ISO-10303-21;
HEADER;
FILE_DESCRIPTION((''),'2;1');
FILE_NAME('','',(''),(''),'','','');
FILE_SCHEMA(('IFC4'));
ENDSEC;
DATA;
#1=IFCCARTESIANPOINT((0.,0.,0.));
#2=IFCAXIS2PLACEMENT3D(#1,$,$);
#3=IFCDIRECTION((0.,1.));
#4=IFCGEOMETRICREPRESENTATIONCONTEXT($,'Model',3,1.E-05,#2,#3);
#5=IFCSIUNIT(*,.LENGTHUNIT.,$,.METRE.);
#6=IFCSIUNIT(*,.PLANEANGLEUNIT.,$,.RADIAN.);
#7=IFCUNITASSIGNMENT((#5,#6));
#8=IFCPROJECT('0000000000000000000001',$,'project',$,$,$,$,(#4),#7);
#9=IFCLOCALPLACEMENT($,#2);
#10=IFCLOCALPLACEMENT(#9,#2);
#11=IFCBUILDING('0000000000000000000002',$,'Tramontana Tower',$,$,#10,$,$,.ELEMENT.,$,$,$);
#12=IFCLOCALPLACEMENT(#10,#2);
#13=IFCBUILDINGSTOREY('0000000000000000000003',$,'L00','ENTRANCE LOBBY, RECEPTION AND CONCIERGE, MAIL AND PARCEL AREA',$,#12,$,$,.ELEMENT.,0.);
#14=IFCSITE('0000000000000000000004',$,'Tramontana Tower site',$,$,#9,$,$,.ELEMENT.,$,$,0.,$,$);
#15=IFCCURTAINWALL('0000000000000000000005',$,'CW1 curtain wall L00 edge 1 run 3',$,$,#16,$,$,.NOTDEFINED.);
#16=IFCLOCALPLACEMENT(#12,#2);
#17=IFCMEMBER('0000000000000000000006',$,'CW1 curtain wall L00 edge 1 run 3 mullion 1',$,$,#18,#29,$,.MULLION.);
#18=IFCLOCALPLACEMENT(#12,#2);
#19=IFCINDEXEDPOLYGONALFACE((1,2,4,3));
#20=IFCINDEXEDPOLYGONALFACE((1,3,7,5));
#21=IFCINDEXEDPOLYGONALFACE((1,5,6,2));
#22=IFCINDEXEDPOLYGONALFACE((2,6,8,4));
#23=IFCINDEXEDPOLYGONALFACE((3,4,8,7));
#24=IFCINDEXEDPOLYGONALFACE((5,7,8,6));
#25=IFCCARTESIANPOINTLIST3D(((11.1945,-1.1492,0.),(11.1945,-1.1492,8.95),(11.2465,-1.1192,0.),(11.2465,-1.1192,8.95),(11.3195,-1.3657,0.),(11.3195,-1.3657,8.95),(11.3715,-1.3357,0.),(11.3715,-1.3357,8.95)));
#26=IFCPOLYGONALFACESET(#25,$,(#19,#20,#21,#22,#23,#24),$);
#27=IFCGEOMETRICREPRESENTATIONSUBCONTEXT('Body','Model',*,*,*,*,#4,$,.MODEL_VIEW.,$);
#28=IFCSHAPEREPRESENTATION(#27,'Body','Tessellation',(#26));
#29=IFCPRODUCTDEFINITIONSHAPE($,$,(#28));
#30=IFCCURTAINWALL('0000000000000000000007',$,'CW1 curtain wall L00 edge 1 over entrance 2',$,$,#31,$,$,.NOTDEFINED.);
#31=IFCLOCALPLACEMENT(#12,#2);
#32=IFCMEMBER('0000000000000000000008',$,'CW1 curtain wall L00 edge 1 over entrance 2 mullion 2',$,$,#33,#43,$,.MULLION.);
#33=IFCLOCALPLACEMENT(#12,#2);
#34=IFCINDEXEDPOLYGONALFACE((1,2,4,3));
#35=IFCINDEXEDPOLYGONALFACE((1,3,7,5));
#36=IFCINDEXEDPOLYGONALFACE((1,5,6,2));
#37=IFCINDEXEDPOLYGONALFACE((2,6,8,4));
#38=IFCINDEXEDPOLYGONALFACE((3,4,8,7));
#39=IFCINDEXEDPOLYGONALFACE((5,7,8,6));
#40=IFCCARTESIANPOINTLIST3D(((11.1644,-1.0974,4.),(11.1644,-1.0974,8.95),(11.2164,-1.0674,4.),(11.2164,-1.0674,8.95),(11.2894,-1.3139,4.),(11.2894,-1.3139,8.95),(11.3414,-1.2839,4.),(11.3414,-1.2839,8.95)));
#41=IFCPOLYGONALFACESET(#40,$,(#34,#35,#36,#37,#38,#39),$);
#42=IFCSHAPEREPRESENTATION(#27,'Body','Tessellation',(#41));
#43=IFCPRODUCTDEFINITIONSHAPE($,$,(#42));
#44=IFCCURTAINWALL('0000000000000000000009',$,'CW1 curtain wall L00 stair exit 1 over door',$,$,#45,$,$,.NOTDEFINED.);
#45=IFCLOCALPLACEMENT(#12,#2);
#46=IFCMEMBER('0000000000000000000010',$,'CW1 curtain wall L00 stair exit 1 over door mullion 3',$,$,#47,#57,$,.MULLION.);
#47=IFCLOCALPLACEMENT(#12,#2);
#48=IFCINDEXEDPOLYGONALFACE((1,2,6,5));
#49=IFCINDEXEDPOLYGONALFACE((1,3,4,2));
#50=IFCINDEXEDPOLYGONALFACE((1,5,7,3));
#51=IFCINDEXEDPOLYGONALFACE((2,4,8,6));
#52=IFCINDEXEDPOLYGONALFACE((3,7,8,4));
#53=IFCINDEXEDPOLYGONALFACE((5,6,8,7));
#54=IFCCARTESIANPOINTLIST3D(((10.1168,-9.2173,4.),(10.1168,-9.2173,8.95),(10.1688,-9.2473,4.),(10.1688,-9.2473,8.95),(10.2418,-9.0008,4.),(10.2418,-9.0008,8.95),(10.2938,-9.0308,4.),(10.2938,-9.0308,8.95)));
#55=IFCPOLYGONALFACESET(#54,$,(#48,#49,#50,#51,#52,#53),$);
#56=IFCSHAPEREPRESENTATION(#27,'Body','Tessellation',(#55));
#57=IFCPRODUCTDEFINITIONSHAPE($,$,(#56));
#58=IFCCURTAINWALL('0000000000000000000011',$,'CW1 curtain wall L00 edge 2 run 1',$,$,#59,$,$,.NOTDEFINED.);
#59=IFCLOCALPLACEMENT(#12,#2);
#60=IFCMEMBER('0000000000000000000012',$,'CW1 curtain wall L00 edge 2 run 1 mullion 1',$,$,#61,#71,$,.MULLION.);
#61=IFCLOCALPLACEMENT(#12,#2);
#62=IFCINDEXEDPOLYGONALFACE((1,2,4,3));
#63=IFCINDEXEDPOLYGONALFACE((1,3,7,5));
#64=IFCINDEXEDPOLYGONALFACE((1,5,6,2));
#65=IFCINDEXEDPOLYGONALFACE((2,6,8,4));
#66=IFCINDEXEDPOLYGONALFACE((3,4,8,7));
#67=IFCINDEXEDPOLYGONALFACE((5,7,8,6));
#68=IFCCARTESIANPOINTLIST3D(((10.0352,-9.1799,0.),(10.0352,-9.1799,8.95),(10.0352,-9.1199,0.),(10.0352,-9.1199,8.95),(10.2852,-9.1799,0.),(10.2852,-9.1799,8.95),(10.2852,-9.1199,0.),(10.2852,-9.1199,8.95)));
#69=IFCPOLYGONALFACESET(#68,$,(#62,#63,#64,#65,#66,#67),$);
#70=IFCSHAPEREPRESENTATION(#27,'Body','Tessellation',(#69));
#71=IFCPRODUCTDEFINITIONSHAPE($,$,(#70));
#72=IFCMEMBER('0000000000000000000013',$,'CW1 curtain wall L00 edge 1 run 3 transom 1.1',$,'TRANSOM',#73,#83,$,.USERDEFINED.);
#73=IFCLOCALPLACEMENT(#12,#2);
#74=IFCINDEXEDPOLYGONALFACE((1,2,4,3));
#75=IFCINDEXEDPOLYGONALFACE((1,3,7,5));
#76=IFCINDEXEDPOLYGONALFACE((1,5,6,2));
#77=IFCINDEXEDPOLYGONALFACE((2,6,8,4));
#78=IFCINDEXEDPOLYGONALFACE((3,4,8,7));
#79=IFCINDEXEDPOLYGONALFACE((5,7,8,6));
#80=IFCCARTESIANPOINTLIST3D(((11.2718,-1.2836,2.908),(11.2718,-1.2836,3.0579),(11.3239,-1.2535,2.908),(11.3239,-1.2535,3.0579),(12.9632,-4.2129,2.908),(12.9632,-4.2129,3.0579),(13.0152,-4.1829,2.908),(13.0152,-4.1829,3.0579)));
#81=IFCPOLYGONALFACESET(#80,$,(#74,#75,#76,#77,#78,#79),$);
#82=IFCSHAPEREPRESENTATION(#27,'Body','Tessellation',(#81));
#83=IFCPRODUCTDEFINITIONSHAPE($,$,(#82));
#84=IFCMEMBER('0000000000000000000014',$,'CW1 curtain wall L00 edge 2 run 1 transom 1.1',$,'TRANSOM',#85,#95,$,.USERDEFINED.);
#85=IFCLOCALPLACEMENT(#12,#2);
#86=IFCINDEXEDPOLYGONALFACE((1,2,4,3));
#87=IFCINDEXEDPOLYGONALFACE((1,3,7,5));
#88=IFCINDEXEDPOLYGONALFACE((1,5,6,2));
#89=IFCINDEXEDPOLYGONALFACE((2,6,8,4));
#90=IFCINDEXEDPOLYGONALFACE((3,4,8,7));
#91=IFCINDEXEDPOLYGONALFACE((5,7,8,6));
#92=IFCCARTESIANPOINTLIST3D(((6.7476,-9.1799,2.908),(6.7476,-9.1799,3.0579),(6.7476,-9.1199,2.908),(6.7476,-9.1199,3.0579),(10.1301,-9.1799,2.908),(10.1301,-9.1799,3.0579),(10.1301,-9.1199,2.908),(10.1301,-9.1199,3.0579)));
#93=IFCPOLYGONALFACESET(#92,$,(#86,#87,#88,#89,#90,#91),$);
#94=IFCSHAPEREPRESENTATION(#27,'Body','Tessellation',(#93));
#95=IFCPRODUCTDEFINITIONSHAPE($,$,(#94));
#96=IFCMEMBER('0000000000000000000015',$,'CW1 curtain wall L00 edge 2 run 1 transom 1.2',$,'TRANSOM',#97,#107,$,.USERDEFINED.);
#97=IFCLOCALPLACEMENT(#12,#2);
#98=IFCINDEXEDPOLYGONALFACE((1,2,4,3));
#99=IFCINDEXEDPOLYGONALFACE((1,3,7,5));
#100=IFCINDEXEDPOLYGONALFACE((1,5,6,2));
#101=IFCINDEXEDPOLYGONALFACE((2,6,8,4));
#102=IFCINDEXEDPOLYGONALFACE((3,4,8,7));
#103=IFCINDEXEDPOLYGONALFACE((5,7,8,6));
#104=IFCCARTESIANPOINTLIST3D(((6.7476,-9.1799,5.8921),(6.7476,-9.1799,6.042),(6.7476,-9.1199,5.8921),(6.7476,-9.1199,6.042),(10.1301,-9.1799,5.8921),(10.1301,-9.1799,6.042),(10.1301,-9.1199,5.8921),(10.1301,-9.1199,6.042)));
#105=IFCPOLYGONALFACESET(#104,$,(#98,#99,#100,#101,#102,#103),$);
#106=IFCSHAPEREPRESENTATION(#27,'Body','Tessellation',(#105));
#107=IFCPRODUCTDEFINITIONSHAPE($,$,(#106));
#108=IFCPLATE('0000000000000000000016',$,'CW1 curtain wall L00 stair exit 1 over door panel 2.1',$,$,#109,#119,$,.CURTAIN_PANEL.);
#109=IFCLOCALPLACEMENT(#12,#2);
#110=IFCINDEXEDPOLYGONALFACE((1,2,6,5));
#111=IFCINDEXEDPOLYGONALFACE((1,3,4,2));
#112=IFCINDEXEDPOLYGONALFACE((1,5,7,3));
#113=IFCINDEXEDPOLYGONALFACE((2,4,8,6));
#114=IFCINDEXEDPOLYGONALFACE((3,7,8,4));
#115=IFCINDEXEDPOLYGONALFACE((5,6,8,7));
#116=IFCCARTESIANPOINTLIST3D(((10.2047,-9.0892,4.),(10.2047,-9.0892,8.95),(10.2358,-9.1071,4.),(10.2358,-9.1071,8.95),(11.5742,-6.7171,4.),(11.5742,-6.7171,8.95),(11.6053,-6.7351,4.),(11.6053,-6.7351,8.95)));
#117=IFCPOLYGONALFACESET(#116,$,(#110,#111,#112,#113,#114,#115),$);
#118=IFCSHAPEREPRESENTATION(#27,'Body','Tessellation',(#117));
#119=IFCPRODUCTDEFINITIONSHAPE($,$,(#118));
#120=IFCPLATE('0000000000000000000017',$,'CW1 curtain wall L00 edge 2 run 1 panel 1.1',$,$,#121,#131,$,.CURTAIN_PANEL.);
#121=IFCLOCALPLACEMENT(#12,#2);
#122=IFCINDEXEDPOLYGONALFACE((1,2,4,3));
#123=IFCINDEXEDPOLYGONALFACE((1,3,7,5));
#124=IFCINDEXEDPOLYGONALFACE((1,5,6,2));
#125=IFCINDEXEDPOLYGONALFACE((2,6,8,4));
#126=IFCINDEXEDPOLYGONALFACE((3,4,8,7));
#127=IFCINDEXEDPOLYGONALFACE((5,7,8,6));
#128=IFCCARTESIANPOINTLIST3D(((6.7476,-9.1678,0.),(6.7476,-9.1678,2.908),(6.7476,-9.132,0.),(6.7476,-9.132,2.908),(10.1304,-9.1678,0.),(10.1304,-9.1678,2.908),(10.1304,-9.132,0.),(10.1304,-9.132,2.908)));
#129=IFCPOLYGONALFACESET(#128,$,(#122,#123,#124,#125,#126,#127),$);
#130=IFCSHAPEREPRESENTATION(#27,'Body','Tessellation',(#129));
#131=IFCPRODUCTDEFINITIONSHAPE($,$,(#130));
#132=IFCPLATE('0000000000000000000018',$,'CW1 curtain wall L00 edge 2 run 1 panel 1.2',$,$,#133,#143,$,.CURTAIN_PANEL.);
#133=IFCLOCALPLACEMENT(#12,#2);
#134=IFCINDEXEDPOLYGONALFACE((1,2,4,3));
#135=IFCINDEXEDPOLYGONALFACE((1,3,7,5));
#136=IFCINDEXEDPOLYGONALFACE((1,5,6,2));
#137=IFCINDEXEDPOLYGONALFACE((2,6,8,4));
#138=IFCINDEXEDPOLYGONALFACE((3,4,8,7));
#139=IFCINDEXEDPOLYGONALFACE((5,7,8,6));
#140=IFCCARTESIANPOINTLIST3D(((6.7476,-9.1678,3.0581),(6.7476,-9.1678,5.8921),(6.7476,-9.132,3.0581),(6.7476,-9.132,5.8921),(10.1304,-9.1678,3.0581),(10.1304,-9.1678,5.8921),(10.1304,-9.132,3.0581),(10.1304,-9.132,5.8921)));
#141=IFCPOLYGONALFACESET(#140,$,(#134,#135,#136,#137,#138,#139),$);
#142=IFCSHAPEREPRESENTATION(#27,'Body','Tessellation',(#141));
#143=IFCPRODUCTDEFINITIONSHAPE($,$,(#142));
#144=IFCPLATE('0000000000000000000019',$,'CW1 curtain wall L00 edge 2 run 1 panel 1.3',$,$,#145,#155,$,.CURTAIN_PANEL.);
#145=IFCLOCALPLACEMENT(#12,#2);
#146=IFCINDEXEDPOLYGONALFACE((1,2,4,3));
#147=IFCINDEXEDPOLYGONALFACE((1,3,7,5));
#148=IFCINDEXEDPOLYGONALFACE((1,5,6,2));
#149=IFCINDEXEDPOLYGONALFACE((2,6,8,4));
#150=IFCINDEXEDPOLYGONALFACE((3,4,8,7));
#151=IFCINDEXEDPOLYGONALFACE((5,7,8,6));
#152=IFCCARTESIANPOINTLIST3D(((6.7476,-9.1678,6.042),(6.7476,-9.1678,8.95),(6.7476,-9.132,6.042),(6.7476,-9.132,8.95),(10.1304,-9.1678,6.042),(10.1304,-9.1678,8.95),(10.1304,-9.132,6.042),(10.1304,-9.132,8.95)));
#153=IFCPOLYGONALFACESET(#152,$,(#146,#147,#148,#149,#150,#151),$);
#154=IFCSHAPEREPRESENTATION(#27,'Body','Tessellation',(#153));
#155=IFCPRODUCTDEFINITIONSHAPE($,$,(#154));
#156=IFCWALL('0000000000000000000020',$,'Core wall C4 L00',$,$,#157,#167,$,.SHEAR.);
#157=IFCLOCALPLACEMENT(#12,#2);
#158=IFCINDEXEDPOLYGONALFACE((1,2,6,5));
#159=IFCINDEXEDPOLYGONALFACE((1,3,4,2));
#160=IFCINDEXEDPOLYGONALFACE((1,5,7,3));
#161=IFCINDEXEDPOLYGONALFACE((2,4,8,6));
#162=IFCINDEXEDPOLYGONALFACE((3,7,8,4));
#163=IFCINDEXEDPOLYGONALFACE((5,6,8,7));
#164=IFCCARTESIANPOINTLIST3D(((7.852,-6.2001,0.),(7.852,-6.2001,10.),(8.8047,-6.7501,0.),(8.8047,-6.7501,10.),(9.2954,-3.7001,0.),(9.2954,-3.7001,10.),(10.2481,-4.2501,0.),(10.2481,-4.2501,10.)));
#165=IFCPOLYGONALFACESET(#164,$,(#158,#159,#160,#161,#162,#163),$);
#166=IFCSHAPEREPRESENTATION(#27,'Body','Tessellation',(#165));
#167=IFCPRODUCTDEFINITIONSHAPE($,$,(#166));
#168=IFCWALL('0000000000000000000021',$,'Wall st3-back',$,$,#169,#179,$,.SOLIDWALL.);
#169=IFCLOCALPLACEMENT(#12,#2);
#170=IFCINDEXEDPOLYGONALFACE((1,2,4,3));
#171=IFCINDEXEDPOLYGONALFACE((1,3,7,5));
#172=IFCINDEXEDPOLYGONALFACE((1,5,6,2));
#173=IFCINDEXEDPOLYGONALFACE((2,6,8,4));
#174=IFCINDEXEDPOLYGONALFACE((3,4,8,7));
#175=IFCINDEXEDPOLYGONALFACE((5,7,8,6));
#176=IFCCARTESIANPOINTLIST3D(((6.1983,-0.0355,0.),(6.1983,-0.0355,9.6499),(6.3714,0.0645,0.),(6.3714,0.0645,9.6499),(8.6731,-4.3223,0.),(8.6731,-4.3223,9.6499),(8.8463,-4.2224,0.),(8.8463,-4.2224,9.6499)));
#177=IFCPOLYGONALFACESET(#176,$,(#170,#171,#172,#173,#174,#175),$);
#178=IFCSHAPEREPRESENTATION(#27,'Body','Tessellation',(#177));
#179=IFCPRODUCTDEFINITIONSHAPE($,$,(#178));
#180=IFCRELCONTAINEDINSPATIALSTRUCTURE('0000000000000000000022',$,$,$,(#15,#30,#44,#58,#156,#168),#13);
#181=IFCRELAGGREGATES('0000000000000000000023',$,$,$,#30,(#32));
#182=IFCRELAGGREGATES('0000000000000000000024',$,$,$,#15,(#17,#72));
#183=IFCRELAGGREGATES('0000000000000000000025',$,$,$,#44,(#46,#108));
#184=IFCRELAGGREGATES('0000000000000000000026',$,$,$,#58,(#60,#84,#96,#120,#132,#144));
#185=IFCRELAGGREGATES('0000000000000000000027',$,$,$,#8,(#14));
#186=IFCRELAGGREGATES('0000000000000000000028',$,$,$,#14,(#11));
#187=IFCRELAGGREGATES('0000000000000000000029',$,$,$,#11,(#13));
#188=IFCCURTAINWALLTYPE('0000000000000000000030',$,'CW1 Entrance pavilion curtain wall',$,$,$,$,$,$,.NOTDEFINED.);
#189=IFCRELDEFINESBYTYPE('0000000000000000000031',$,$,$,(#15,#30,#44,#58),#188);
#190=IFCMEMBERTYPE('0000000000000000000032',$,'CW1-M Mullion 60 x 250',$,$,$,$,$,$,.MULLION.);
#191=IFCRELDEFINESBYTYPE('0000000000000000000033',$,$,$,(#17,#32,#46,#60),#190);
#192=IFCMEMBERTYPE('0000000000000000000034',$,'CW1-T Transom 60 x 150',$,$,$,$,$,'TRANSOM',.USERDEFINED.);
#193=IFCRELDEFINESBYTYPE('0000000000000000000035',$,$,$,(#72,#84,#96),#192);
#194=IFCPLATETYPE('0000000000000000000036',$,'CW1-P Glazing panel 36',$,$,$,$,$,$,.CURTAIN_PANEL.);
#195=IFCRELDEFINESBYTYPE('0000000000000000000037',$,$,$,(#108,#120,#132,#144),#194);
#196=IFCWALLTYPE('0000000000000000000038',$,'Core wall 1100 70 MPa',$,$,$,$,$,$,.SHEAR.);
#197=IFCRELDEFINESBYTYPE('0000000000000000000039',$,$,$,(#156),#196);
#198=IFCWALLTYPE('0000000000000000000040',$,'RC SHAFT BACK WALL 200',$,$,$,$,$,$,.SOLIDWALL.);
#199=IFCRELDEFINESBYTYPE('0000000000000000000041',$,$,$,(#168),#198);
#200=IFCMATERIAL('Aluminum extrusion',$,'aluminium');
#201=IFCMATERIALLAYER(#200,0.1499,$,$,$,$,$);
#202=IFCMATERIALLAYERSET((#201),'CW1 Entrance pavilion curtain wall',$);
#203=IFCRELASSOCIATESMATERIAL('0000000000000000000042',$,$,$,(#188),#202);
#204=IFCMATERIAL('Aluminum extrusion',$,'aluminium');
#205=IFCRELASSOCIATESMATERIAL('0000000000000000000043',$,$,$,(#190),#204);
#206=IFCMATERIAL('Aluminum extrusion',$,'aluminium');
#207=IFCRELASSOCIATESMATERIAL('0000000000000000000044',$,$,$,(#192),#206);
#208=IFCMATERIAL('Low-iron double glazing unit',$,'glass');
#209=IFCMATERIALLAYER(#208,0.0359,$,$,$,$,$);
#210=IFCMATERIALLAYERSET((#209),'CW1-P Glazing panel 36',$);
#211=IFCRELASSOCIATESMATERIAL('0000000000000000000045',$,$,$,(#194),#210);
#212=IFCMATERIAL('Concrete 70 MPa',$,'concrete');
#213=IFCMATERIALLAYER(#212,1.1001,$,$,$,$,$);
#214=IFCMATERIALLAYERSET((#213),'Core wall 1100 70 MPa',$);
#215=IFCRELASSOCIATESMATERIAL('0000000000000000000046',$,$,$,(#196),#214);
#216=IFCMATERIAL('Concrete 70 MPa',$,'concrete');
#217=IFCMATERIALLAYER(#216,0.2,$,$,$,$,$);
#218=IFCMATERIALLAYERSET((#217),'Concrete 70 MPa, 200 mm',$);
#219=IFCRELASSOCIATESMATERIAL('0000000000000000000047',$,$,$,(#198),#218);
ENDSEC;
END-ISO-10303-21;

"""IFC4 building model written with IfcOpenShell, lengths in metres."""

from ifc_helpers import new_model, si_unit, direction, frame, frame_2d, origin, origin_2d, place, context, subcontext, project, spatial, rectangle, extrude, material, layer, layer_set, material_profile, profile_set, type_object, element, aggregate, save


model = new_model("IFC4")

# Units and contexts
model_context = context("Model", 3, precision=1e-05, world=origin(), true_north=direction((0.0, 1.0)))
body_context = subcontext(model_context, "Body", "Model", "MODEL_VIEW")
ifc_project = project(units=[si_unit("LENGTHUNIT", "METRE"), si_unit("PLANEANGLEUNIT", "RADIAN")], contexts=[model_context])

# Site, building, storey
site_placement = place(None, origin())
site = spatial("IfcSite", under=ifc_project, at=site_placement, Name="Tramontana Tower site", CompositionType="ELEMENT", RefElevation=0.0)
building_placement = place(site_placement, origin())
building = spatial("IfcBuilding", under=site, at=building_placement, Name="Tramontana Tower", CompositionType="ELEMENT")
storey_placement = place(building_placement, origin())
storey = spatial("IfcBuildingStorey", under=building, at=storey_placement, Name="L00", Description="ENTRANCE LOBBY, RECEPTION AND CONCIERGE, MAIL AND PARCEL AREA", CompositionType="ELEMENT", Elevation=0.0)

# Curtain walls, members
ifc_material_1 = material(Name="Aluminum extrusion", Category="aluminium")
ifc_layer_1 = layer(ifc_material_1, 0.1499)
ifc_layer_set_1 = layer_set([ifc_layer_1], Name="CW1 Entrance pavilion curtain wall")
curtain_wall_type = type_object("IfcCurtainWallType", Name="CW1 Entrance pavilion curtain wall", PredefinedType="NOTDEFINED", material=ifc_layer_set_1)
curtain_wall_1_placement = place(storey_placement, origin())
curtain_wall_1 = element("IfcCurtainWall", 1, at=curtain_wall_1_placement, inside=storey, type_object=curtain_wall_type, Name="CW1 curtain wall L00 edge 1 run 3", PredefinedType="NOTDEFINED")
ifc_material_2 = material(Name="Aluminum extrusion", Category="aluminium")
ifc_material_profile_1 = material_profile(ifc_material_2, rectangle(XDim=0.0601, YDim=0.25, at=origin_2d()), Name="CW1-M Mullion 60 x 250")
ifc_profile_set_1 = profile_set([ifc_material_profile_1], Name="Aluminum extrusion")
member_type_1 = type_object("IfcMemberType", Name="CW1-M Mullion 60 x 250", PredefinedType="MULLION", material=ifc_profile_set_1)
member_1_placement = place(storey_placement, frame((11.283, -1.2424, 0.0), z_axis=(0.0, 0.0, 1.0), x_axis=(0.866025, 0.5, 0.0)))
member_1 = element("IfcMember", 2, at=member_1_placement, type_object=member_type_1, Name="CW1 curtain wall L00 edge 1 run 3 mullion 1", PredefinedType="MULLION", context=body_context, shape_type="SweptSolid", body=[
    extrude(rectangle(XDim=0.0601, YDim=0.25, at=origin_2d()), origin(), (0.0, 0.0, 1.0), 8.95),
])
curtain_wall_2_placement = place(storey_placement, origin())
curtain_wall_2 = element("IfcCurtainWall", 3, at=curtain_wall_2_placement, inside=storey, type_object=curtain_wall_type, Name="CW1 curtain wall L00 edge 1 over entrance 2", PredefinedType="NOTDEFINED")
member_2_placement = place(storey_placement, frame((11.2529, -1.1907, 4.0), z_axis=(0.0, 0.0, 1.0), x_axis=(0.866025, 0.5, 0.0)))
member_2 = element("IfcMember", 4, at=member_2_placement, type_object=member_type_1, Name="CW1 curtain wall L00 edge 1 over entrance 2 mullion 2", PredefinedType="MULLION", context=body_context, shape_type="SweptSolid", body=[
    extrude(rectangle(XDim=0.0601, YDim=0.25, at=origin_2d()), origin(), (0.0, 0.0, 1.0), 4.95),
])
aggregate(curtain_wall_2, [member_2])
curtain_wall_3_placement = place(storey_placement, origin())
curtain_wall_3 = element("IfcCurtainWall", 5, at=curtain_wall_3_placement, inside=storey, type_object=curtain_wall_type, Name="CW1 curtain wall L00 stair exit 1 over door", PredefinedType="NOTDEFINED")
member_3_placement = place(storey_placement, frame((10.2053, -9.124, 4.0), z_axis=(0.0, 0.0, 1.0), x_axis=(0.866025, -0.5, 0.0)))
member_3 = element("IfcMember", 6, at=member_3_placement, type_object=member_type_1, Name="CW1 curtain wall L00 stair exit 1 over door mullion 3", PredefinedType="MULLION", context=body_context, shape_type="SweptSolid", body=[
    extrude(rectangle(XDim=0.0601, YDim=0.25, at=origin_2d()), origin(), (0.0, 0.0, 1.0), 4.95),
])
curtain_wall_4_placement = place(storey_placement, origin())
curtain_wall_4 = element("IfcCurtainWall", 7, at=curtain_wall_4_placement, inside=storey, type_object=curtain_wall_type, Name="CW1 curtain wall L00 edge 2 run 1", PredefinedType="NOTDEFINED")
member_4_placement = place(storey_placement, frame((10.1602, -9.1499, 0.0), z_axis=(0.0, 0.0, 1.0), x_axis=(0.0, -1.0, 0.0)))
member_4 = element("IfcMember", 8, at=member_4_placement, type_object=member_type_1, Name="CW1 curtain wall L00 edge 2 run 1 mullion 1", PredefinedType="MULLION", context=body_context, shape_type="SweptSolid", body=[
    extrude(rectangle(XDim=0.0601, YDim=0.25, at=origin_2d()), origin(), (0.0, 0.0, 1.0), 8.95),
])

# Members
ifc_material_3 = material(Name="Aluminum extrusion", Category="aluminium")
ifc_material_profile_2 = material_profile(ifc_material_3, rectangle(XDim=0.0601, YDim=0.1499, at=origin_2d()), Name="CW1-T Transom 60 x 150")
ifc_profile_set_2 = profile_set([ifc_material_profile_2], Name="Aluminum extrusion")
member_type_2 = type_object("IfcMemberType", Name="CW1-T Transom 60 x 150", ElementType="TRANSOM", PredefinedType="USERDEFINED", material=ifc_profile_set_2)
member_5_placement = place(storey_placement, frame((11.2979, -1.2686, 2.9829), z_axis=(0.50002, -0.866014, 0.0), x_axis=(0.866014, 0.50002, 0.0)))
member_5 = element("IfcMember", 9, at=member_5_placement, type_object=member_type_2, Name="CW1 curtain wall L00 edge 1 run 3 transom 1.1", ObjectType="TRANSOM", PredefinedType="USERDEFINED", context=body_context, shape_type="SweptSolid", body=[
    extrude(rectangle(XDim=0.0601, YDim=0.1499, at=origin_2d()), origin(), (0.0, 0.0, 1.0), 3.3826),
])
aggregate(curtain_wall_1, [member_1, member_5])
member_6_placement = place(storey_placement, frame((10.1301, -9.1499, 2.9829), z_axis=(-1.0, 0.0, 0.0), x_axis=(0.0, -1.0, 0.0)))
member_6 = element("IfcMember", 10, at=member_6_placement, type_object=member_type_2, Name="CW1 curtain wall L00 edge 2 run 1 transom 1.1", ObjectType="TRANSOM", PredefinedType="USERDEFINED", context=body_context, shape_type="SweptSolid", body=[
    extrude(rectangle(XDim=0.0601, YDim=0.1499, at=origin_2d()), origin(), (0.0, 0.0, 1.0), 3.3826),
])
member_7_placement = place(storey_placement, frame((10.1301, -9.1499, 5.967), z_axis=(-1.0, 0.0, 0.0), x_axis=(0.0, -1.0, 0.0)))
member_7 = element("IfcMember", 11, at=member_7_placement, type_object=member_type_2, Name="CW1 curtain wall L00 edge 2 run 1 transom 1.2", ObjectType="TRANSOM", PredefinedType="USERDEFINED", context=body_context, shape_type="SweptSolid", body=[
    extrude(rectangle(XDim=0.0601, YDim=0.1499, at=origin_2d()), origin(), (0.0, 0.0, 1.0), 3.3826),
])

# Plates
ifc_material_4 = material(Name="Low-iron double glazing unit", Category="glass")
ifc_layer_2 = layer(ifc_material_4, 0.0359)
ifc_layer_set_2 = layer_set([ifc_layer_2], Name="CW1-P Glazing panel 36")
plate_type = type_object("IfcPlateType", Name="CW1-P Glazing panel 36", PredefinedType="CURTAIN_PANEL", material=ifc_layer_set_2)
plate_1_placement = place(storey_placement, frame((10.905, -7.9121, 4.0), z_axis=(0.0, 0.0, 1.0), x_axis=(-0.5, -0.866025, 0.0)))
plate_1 = element("IfcPlate", 12, at=plate_1_placement, type_object=plate_type, Name="CW1 curtain wall L00 stair exit 1 over door panel 2.1", PredefinedType="CURTAIN_PANEL", context=body_context, shape_type="SweptSolid", body=[
    extrude(rectangle(XDim=2.739, YDim=0.0359, at=origin_2d()), origin(), (0.0, 0.0, 1.0), 4.95),
])
aggregate(curtain_wall_3, [member_3, plate_1])
plate_2_placement = place(storey_placement, frame((8.439, -9.1499, 0.0), z_axis=(0.0, 0.0, 1.0), x_axis=(-1.0, 0.0, 0.0)))
plate_2 = element("IfcPlate", 13, at=plate_2_placement, type_object=plate_type, Name="CW1 curtain wall L00 edge 2 run 1 panel 1.1", PredefinedType="CURTAIN_PANEL", context=body_context, shape_type="SweptSolid", body=[
    extrude(rectangle(XDim=3.3828, YDim=0.0359, at=origin_2d()), origin(), (0.0, 0.0, 1.0), 2.908),
])
plate_3_placement = place(storey_placement, frame((8.439, -9.1499, 3.0581), z_axis=(0.0, 0.0, 1.0), x_axis=(-1.0, 0.0, 0.0)))
plate_3 = element("IfcPlate", 14, at=plate_3_placement, type_object=plate_type, Name="CW1 curtain wall L00 edge 2 run 1 panel 1.2", PredefinedType="CURTAIN_PANEL", context=body_context, shape_type="SweptSolid", body=[
    extrude(rectangle(XDim=3.3828, YDim=0.0359, at=origin_2d()), origin(), (0.0, 0.0, 1.0), 2.834),
])
plate_4_placement = place(storey_placement, frame((8.439, -9.1499, 6.042), z_axis=(0.0, 0.0, 1.0), x_axis=(-1.0, 0.0, 0.0)))
plate_4 = element("IfcPlate", 15, at=plate_4_placement, type_object=plate_type, Name="CW1 curtain wall L00 edge 2 run 1 panel 1.3", PredefinedType="CURTAIN_PANEL", context=body_context, shape_type="SweptSolid", body=[
    extrude(rectangle(XDim=3.3828, YDim=0.0359, at=origin_2d()), origin(), (0.0, 0.0, 1.0), 2.908),
])
aggregate(curtain_wall_4, [member_4, member_6, member_7, plate_2, plate_3, plate_4])

# Wall
ifc_material_5 = material(Name="Concrete 70 MPa", Category="concrete")
ifc_layer_3 = layer(ifc_material_5, 1.1001)
ifc_layer_set_3 = layer_set([ifc_layer_3], Name="Core wall 1100 70 MPa")
wall_type_1 = type_object("IfcWallType", Name="Core wall 1100 70 MPa", PredefinedType="SHEAR", material=ifc_layer_set_3)
wall_1_placement = place(storey_placement, frame((8.3284, -6.4751, 0.0), z_axis=(0.0, 0.0, 1.0), x_axis=(0.499996, 0.866028, 0.0)))
element("IfcWall", 16, at=wall_1_placement, inside=storey, type_object=wall_type_1, Name="Core wall C4 L00", PredefinedType="SHEAR", context=body_context, shape_type="SweptSolid", body=[
    extrude(rectangle(XDim=2.8867, YDim=1.1001, at=frame_2d((1.4434, 0.0))), origin(), (0.0, 0.0, 1.0), 10.0),
])

# Wall
ifc_material_6 = material(Name="Concrete 70 MPa", Category="concrete")
ifc_layer_4 = layer(ifc_material_6, 0.2)
ifc_layer_set_4 = layer_set([ifc_layer_4], Name="Concrete 70 MPa, 200 mm")
wall_type_2 = type_object("IfcWallType", Name="RC SHAFT BACK WALL 200", PredefinedType="SOLIDWALL", material=ifc_layer_set_4)
wall_2_placement = place(storey_placement, frame((8.7598, -4.2725, 0.0), z_axis=(0.0, 0.0, 1.0), x_axis=(-0.499974, 0.86604, 0.0)))
element("IfcWall", 17, at=wall_2_placement, inside=storey, type_object=wall_type_2, Name="Wall st3-back", PredefinedType="SOLIDWALL", context=body_context, shape_type="SweptSolid", body=[
    extrude(rectangle(XDim=4.95, YDim=0.2, at=frame_2d((2.4751, 0.0))), origin(), (0.0, 0.0, 1.0), 9.6499),
])

save(model, "model.ifc")
